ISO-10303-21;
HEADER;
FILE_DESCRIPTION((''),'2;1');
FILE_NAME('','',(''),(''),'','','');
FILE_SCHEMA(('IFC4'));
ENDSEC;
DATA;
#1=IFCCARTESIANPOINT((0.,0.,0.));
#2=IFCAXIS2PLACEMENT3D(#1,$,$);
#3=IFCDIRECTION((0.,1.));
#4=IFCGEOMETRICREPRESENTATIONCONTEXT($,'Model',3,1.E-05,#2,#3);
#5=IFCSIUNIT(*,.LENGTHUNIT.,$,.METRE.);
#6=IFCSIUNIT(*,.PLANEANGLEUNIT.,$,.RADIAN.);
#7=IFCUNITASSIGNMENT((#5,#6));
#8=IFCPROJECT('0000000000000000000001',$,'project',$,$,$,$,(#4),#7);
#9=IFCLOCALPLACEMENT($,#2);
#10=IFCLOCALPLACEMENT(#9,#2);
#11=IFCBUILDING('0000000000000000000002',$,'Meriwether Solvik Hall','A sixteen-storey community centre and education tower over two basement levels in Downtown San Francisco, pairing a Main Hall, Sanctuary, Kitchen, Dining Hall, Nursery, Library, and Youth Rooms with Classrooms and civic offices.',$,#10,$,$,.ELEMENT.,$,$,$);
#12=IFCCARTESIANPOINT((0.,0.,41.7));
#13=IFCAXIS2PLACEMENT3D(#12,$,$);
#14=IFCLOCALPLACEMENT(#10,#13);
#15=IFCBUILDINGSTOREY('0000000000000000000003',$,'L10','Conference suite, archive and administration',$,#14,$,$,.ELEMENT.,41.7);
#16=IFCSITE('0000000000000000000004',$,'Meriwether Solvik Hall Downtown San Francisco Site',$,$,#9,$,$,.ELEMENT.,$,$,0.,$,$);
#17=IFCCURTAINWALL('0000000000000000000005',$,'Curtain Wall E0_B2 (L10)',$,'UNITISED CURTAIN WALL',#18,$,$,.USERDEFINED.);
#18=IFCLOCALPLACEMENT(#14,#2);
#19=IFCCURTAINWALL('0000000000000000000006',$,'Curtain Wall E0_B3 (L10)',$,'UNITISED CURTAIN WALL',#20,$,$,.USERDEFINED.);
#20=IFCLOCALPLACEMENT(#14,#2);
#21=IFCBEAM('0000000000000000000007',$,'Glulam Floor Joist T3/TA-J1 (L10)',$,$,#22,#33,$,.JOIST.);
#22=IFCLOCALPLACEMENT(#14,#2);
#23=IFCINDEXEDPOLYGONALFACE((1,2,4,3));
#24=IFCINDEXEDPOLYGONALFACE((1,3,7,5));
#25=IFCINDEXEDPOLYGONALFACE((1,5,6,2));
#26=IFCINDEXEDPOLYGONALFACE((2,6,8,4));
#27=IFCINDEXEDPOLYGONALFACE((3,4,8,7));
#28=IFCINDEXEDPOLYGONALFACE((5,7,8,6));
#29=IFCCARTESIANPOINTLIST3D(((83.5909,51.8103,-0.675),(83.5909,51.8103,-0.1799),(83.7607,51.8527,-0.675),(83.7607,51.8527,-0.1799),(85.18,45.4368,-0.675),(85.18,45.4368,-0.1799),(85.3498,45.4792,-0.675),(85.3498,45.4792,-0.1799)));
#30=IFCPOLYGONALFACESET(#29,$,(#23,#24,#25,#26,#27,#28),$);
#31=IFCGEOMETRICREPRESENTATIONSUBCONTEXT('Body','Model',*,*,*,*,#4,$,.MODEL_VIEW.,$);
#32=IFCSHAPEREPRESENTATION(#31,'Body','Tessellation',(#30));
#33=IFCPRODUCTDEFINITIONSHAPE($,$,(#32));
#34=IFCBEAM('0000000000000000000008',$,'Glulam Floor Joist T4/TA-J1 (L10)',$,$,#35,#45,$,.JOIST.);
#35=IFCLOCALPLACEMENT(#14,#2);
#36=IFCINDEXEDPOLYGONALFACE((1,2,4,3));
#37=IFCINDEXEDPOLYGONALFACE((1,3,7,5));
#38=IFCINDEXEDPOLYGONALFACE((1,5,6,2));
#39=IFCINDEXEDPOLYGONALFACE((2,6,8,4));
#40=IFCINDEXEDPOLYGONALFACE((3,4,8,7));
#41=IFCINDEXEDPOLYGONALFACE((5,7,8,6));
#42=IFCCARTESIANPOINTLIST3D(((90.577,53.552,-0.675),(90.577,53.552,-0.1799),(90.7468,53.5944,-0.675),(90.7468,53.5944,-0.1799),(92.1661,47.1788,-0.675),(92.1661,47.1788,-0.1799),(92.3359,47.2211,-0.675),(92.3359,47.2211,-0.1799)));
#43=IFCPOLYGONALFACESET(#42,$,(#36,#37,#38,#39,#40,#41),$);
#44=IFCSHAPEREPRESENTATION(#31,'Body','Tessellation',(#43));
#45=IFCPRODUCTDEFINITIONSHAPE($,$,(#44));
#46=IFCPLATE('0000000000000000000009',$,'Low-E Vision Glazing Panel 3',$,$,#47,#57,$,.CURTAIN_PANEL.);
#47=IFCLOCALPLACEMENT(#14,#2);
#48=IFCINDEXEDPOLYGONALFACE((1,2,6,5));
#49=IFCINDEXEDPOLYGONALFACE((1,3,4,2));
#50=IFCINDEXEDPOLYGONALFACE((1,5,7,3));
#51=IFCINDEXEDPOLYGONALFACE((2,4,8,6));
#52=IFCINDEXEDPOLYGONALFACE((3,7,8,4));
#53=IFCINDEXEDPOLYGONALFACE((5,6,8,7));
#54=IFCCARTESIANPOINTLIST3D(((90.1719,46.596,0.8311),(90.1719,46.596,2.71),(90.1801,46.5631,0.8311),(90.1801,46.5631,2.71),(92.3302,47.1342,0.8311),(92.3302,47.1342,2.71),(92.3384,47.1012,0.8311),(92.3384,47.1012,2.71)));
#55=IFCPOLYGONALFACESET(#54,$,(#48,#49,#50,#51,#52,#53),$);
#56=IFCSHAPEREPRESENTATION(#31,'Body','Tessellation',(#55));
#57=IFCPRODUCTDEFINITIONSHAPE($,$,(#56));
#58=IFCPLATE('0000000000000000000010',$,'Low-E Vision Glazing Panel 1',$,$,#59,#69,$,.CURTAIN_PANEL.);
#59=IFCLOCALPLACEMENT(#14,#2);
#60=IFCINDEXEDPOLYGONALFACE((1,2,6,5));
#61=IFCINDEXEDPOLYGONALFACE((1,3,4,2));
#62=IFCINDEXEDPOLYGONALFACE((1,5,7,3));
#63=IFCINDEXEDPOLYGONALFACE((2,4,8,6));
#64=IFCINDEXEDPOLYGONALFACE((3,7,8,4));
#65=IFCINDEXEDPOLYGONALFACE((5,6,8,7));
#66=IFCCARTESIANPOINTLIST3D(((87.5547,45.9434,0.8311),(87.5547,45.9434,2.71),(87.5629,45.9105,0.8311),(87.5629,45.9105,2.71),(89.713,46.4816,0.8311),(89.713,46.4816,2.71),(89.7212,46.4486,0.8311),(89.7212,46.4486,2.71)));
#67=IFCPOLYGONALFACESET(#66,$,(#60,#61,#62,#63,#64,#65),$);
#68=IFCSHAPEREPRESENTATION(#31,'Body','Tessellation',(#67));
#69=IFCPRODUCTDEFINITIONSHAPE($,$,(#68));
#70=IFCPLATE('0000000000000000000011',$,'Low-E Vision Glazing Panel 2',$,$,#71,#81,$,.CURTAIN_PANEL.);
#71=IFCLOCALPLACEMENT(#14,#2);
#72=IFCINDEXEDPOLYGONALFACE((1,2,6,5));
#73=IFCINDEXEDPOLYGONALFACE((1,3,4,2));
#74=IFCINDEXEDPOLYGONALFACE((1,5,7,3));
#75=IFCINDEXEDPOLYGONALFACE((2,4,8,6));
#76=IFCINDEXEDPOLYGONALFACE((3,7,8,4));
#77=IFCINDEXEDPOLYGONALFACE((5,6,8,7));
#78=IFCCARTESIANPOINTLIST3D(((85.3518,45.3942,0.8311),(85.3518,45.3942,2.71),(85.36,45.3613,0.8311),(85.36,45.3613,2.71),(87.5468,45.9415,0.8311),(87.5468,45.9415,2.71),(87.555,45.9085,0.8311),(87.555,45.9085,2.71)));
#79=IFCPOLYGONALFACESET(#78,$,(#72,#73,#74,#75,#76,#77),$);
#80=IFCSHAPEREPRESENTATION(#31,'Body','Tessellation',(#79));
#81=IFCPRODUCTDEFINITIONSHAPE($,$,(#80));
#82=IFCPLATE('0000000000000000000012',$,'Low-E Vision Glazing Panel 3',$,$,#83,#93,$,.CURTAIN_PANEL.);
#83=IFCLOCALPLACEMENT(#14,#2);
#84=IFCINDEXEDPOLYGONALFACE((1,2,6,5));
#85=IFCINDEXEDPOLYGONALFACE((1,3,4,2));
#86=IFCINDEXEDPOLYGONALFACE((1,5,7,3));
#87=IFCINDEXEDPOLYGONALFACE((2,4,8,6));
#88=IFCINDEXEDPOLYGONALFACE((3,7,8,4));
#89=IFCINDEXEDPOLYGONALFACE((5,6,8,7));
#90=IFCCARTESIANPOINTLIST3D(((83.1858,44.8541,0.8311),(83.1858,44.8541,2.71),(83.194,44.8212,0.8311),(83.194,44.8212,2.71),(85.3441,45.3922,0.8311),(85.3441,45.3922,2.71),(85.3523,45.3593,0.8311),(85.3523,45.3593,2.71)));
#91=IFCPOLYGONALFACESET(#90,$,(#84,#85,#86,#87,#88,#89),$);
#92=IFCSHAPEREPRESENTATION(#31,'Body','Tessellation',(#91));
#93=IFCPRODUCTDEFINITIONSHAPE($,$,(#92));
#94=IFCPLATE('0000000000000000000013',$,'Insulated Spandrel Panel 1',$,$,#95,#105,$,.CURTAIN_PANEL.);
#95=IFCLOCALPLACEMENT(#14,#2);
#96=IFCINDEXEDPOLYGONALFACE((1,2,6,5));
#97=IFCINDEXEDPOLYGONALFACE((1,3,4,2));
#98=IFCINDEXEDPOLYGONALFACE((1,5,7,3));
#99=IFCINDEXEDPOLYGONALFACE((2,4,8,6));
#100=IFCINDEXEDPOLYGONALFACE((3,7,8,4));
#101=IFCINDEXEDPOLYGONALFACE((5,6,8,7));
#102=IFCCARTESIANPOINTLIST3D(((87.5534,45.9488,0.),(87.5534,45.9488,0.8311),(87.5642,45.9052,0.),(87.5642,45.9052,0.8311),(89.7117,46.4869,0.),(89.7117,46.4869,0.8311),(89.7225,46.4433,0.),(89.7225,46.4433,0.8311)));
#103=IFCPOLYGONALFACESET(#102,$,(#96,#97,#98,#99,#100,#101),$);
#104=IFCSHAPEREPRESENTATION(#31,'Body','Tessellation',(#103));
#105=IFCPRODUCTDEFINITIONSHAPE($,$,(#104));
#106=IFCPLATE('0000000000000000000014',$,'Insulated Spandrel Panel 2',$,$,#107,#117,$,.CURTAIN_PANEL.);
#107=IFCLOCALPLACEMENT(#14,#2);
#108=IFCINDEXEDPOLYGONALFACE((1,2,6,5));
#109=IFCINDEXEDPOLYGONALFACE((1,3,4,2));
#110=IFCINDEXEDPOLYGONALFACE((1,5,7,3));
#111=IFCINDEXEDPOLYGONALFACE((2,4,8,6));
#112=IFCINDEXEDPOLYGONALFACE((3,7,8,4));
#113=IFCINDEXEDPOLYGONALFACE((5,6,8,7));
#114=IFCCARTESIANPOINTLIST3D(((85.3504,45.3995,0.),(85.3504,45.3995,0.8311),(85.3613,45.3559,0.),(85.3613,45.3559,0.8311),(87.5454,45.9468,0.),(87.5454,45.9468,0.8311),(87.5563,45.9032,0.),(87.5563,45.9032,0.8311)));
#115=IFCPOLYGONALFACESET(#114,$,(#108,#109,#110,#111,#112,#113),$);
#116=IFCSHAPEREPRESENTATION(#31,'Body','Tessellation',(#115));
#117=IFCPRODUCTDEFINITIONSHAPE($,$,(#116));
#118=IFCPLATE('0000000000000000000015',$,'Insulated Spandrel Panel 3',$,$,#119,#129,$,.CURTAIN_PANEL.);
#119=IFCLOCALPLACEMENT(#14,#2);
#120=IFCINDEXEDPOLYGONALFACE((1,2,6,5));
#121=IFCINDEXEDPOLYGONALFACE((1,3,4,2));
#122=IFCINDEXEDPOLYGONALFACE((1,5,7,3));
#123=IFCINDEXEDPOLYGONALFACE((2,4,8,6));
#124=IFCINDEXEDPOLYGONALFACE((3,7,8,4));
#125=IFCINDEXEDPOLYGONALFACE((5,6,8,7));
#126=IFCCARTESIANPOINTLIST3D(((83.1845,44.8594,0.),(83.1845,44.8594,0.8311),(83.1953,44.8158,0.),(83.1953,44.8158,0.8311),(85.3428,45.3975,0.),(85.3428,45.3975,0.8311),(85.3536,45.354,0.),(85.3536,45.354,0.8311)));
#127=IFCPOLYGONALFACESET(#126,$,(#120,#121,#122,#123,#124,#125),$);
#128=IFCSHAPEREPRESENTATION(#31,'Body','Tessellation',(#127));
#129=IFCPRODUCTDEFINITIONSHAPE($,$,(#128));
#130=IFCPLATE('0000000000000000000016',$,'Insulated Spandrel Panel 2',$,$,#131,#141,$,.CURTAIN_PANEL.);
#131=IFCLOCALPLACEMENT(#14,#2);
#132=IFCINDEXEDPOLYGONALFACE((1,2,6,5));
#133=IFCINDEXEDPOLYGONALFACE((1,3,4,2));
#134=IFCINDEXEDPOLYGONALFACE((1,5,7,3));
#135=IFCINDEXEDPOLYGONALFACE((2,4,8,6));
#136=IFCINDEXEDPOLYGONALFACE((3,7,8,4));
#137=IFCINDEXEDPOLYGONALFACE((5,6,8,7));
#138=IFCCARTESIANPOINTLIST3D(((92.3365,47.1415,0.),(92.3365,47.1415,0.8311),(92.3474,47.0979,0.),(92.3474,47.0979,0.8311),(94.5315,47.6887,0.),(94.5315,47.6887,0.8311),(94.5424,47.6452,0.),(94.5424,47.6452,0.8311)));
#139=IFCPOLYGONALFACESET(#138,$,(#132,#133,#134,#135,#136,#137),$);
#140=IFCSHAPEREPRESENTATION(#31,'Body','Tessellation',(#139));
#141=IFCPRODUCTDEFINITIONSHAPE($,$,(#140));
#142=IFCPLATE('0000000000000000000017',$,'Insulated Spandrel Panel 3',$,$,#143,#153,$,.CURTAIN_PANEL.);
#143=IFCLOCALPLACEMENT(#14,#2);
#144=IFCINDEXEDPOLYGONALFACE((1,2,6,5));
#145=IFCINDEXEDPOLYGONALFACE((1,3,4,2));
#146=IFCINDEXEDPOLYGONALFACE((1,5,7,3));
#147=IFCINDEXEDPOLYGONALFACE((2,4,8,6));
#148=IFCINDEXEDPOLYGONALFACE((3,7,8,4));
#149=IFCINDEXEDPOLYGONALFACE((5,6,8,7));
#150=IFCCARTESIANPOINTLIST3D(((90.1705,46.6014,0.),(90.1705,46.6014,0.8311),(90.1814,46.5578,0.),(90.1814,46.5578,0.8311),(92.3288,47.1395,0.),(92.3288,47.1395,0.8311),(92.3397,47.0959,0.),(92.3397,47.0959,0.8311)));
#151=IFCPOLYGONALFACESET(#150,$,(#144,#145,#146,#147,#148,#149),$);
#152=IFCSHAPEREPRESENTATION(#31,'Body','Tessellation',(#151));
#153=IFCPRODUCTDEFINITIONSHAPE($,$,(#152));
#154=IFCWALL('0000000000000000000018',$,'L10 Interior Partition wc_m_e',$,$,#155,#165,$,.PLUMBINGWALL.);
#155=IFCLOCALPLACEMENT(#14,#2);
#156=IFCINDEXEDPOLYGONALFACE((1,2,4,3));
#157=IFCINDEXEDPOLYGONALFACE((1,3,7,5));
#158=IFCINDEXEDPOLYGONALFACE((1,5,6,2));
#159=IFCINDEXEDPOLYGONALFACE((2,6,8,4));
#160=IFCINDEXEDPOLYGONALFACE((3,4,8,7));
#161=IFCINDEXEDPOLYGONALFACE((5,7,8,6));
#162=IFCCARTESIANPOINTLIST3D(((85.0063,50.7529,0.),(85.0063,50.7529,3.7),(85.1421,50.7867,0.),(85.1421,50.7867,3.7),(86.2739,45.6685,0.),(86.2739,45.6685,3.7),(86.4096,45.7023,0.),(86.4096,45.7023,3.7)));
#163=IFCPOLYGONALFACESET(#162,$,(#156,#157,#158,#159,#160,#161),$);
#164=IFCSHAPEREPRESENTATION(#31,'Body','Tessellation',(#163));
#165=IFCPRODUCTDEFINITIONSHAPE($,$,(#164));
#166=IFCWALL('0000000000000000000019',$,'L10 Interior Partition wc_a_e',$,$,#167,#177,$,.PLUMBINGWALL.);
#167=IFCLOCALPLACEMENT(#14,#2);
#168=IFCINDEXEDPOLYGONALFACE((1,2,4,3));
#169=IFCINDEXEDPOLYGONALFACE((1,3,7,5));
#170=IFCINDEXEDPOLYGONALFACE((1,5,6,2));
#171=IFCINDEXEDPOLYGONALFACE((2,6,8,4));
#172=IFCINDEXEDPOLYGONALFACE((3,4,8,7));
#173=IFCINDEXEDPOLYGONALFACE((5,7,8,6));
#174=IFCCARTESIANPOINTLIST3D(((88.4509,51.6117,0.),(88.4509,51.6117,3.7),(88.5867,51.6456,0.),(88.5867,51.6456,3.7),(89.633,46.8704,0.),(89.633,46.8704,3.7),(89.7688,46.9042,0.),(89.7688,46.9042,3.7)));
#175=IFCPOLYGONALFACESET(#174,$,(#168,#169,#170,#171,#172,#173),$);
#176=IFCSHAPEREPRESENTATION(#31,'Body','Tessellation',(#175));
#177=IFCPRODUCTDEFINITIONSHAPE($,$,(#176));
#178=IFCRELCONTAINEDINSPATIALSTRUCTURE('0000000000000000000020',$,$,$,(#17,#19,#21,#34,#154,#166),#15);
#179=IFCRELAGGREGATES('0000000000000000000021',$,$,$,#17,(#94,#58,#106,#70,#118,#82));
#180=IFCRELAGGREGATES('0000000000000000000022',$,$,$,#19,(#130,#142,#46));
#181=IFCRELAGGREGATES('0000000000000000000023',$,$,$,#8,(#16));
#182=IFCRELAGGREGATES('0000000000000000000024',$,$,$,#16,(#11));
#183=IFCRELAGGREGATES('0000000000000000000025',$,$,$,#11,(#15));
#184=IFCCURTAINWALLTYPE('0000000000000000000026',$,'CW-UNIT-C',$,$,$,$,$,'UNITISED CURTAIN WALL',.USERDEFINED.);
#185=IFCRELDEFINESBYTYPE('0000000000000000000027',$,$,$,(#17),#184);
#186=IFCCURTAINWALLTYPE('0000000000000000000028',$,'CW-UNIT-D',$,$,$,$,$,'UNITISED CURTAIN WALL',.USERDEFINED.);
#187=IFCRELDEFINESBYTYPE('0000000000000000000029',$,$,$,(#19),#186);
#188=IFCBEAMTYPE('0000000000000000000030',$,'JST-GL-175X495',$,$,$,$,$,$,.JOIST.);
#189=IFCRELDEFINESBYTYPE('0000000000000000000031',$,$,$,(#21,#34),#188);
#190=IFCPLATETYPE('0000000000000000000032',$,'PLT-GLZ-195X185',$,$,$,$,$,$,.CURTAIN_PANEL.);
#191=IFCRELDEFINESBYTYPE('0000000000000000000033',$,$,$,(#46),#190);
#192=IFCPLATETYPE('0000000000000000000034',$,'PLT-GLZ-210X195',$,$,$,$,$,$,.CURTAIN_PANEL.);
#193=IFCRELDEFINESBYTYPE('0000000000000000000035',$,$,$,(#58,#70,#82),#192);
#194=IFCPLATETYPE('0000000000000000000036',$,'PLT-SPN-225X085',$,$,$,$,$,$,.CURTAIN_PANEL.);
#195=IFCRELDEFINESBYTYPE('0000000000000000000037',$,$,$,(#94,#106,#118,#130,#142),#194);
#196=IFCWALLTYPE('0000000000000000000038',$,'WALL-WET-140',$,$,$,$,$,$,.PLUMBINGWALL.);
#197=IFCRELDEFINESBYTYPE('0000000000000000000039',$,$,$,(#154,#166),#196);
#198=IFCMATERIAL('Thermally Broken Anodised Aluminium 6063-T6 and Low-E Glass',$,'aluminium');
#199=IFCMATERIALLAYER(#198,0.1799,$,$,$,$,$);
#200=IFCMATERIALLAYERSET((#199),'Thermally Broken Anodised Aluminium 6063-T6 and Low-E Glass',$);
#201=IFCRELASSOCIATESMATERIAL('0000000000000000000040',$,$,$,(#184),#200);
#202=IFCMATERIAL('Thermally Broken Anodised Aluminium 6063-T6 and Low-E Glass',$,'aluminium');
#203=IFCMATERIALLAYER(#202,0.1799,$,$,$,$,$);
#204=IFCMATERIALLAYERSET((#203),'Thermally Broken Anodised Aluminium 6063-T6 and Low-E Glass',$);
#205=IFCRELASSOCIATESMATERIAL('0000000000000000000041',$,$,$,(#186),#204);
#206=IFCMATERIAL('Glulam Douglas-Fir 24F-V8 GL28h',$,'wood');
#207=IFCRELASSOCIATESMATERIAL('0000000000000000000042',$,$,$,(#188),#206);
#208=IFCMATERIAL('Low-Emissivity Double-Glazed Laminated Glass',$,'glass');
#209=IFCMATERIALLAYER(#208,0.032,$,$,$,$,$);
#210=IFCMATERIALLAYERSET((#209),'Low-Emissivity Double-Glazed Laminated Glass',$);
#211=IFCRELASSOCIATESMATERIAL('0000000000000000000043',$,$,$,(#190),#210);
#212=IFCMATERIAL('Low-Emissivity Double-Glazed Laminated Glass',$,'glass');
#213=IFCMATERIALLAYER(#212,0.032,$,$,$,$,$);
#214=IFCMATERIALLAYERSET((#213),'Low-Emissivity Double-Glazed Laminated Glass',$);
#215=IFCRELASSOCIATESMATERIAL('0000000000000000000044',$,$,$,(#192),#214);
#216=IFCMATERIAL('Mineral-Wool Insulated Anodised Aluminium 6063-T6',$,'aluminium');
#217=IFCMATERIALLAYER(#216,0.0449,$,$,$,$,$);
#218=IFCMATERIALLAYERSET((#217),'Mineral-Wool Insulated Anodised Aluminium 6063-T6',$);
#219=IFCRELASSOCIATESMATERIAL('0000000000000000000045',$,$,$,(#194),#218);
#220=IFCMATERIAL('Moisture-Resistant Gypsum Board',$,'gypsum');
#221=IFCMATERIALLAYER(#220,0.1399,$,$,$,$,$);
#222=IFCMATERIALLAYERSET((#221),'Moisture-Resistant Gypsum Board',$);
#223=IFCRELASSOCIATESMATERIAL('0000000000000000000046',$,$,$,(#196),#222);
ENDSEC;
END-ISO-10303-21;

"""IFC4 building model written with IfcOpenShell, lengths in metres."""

from ifc_helpers import new_model, si_unit, direction, frame, frame_2d, origin, origin_2d, place, context, subcontext, project, spatial, rectangle, extrude, material, layer, layer_set, material_profile, profile_set, type_object, element, aggregate, save


model = new_model("IFC4")

# Units and contexts
model_context = context("Model", 3, precision=1e-05, world=origin(), true_north=direction((0.0, 1.0)))
body_context = subcontext(model_context, "Body", "Model", "MODEL_VIEW")
ifc_project = project(units=[si_unit("LENGTHUNIT", "METRE"), si_unit("PLANEANGLEUNIT", "RADIAN")], contexts=[model_context])

# Site, building, storey
site_placement = place(None, origin())
site = spatial("IfcSite", under=ifc_project, at=site_placement, Name="Meriwether Solvik Hall Downtown San Francisco Site", CompositionType="ELEMENT", RefElevation=0.0)
building_placement = place(site_placement, origin())
building = spatial("IfcBuilding", under=site, at=building_placement, Name="Meriwether Solvik Hall", Description="A sixteen-storey community centre and education tower over two basement levels in Downtown San Francisco, pairing a Main Hall, Sanctuary, Kitchen, Dining Hall, Nursery, Library, and Youth Rooms with Classrooms and civic offices.", CompositionType="ELEMENT")
storey_placement = place(building_placement, frame((0.0, 0.0, 41.7)))
storey = spatial("IfcBuildingStorey", under=building, at=storey_placement, Name="L10", Description="Conference suite, archive and administration", CompositionType="ELEMENT", Elevation=41.7)

# Curtain walls
ifc_material_1 = material(Name="Thermally Broken Anodised Aluminium 6063-T6 and Low-E Glass", Category="aluminium")
ifc_layer_1 = layer(ifc_material_1, 0.1799)
ifc_layer_set_1 = layer_set([ifc_layer_1], Name="Thermally Broken Anodised Aluminium 6063-T6 and Low-E Glass")
curtain_wall_type_1 = type_object("IfcCurtainWallType", Name="CW-UNIT-C", ElementType="UNITISED CURTAIN WALL", PredefinedType="USERDEFINED", material=ifc_layer_set_1)
curtain_wall_1_placement = place(storey_placement, origin())
curtain_wall_1 = element("IfcCurtainWall", 1, at=curtain_wall_1_placement, inside=storey, type_object=curtain_wall_type_1, Name="Curtain Wall E0_B2 (L10)", ObjectType="UNITISED CURTAIN WALL", PredefinedType="USERDEFINED")
ifc_material_2 = material(Name="Thermally Broken Anodised Aluminium 6063-T6 and Low-E Glass", Category="aluminium")
ifc_layer_2 = layer(ifc_material_2, 0.1799)
ifc_layer_set_2 = layer_set([ifc_layer_2], Name="Thermally Broken Anodised Aluminium 6063-T6 and Low-E Glass")
curtain_wall_type_2 = type_object("IfcCurtainWallType", Name="CW-UNIT-D", ElementType="UNITISED CURTAIN WALL", PredefinedType="USERDEFINED", material=ifc_layer_set_2)
curtain_wall_2_placement = place(storey_placement, origin())
curtain_wall_2 = element("IfcCurtainWall", 2, at=curtain_wall_2_placement, inside=storey, type_object=curtain_wall_type_2, Name="Curtain Wall E0_B3 (L10)", ObjectType="UNITISED CURTAIN WALL", PredefinedType="USERDEFINED")

# Beams
ifc_material_3 = material(Name="Glulam Douglas-Fir 24F-V8 GL28h", Category="wood")
ifc_material_profile_1 = material_profile(ifc_material_3, rectangle(XDim=0.175, YDim=0.4951, at=origin_2d()), Name="GLJ-175X495")
ifc_profile_set_1 = profile_set([ifc_material_profile_1], Name="Glulam Douglas-Fir 24F-V8 GL28h")
beam_type_1 = type_object("IfcBeamType", Name="JST-GL-175X495", PredefinedType="JOIST", material=ifc_profile_set_1)
beam_1_placement = place(storey_placement, frame((85.2649, 45.458, -0.4275), z_axis=(-0.241923, 0.970295, 0.0), x_axis=(-0.970295, -0.241923, 0.0)))
element("IfcBeam", 3, at=beam_1_placement, inside=storey, type_object=beam_type_1, Name="Glulam Floor Joist T3/TA-J1 (L10)", PredefinedType="JOIST", context=body_context, shape_type="SweptSolid", body=[
    extrude(rectangle(XDim=0.175, YDim=0.4951, at=origin_2d()), origin(), (0.0, 0.0, 1.0), 6.5686),
])
beam_2_placement = place(storey_placement, frame((92.251, 47.2, -0.4275), z_axis=(-0.241932, 0.970293, 0.0), x_axis=(-0.970293, -0.241932, 0.0)))
element("IfcBeam", 4, at=beam_2_placement, inside=storey, type_object=beam_type_1, Name="Glulam Floor Joist T4/TA-J1 (L10)", PredefinedType="JOIST", context=body_context, shape_type="SweptSolid", body=[
    extrude(rectangle(XDim=0.175, YDim=0.4951, at=origin_2d()), origin(), (0.0, 0.0, 1.0), 6.5684),
])

# Plates
ifc_material_4 = material(Name="Low-Emissivity Double-Glazed Laminated Glass", Category="glass")
ifc_layer_3 = layer(ifc_material_4, 0.032)
ifc_layer_set_3 = layer_set([ifc_layer_3], Name="Low-Emissivity Double-Glazed Laminated Glass")
plate_type_1 = type_object("IfcPlateType", Name="PLT-GLZ-195X185", PredefinedType="CURTAIN_PANEL", material=ifc_layer_set_3)
plate_1_placement = place(storey_placement, frame((91.2551, 46.8486, 0.8311), z_axis=(0.0, 0.0, 1.0), x_axis=(-0.970296, -0.241922, 0.0)))
plate_1 = element("IfcPlate", 5, at=plate_1_placement, type_object=plate_type_1, Name="Low-E Vision Glazing Panel 3", PredefinedType="CURTAIN_PANEL", context=body_context, shape_type="SweptSolid", body=[
    extrude(rectangle(XDim=2.2244, YDim=0.0339, at=origin_2d()), origin(), (0.0, 0.0, 1.0), 1.8789),
])
ifc_material_5 = material(Name="Low-Emissivity Double-Glazed Laminated Glass", Category="glass")
ifc_layer_4 = layer(ifc_material_5, 0.032)
ifc_layer_set_4 = layer_set([ifc_layer_4], Name="Low-Emissivity Double-Glazed Laminated Glass")
plate_type_2 = type_object("IfcPlateType", Name="PLT-GLZ-210X195", PredefinedType="CURTAIN_PANEL", material=ifc_layer_set_4)
plate_2_placement = place(storey_placement, frame((88.6379, 46.196, 0.8311), z_axis=(0.0, 0.0, 1.0), x_axis=(-0.970296, -0.241922, 0.0)))
plate_2 = element("IfcPlate", 6, at=plate_2_placement, type_object=plate_type_2, Name="Low-E Vision Glazing Panel 1", PredefinedType="CURTAIN_PANEL", context=body_context, shape_type="SweptSolid", body=[
    extrude(rectangle(XDim=2.2244, YDim=0.0339, at=origin_2d()), origin(), (0.0, 0.0, 1.0), 1.8789),
])
plate_3_placement = place(storey_placement, frame((86.4534, 45.6514, 0.8311), z_axis=(0.0, 0.0, 1.0), x_axis=(-0.970296, -0.241922, 0.0)))
plate_3 = element("IfcPlate", 7, at=plate_3_placement, type_object=plate_type_2, Name="Low-E Vision Glazing Panel 2", PredefinedType="CURTAIN_PANEL", context=body_context, shape_type="SweptSolid", body=[
    extrude(rectangle(XDim=2.2622, YDim=0.0339, at=origin_2d()), origin(), (0.0, 0.0, 1.0), 1.8789),
])
plate_4_placement = place(storey_placement, frame((84.269, 45.1067, 0.8311), z_axis=(0.0, 0.0, 1.0), x_axis=(-0.970296, -0.241922, 0.0)))
plate_4 = element("IfcPlate", 8, at=plate_4_placement, type_object=plate_type_2, Name="Low-E Vision Glazing Panel 3", PredefinedType="CURTAIN_PANEL", context=body_context, shape_type="SweptSolid", body=[
    extrude(rectangle(XDim=2.2244, YDim=0.0339, at=origin_2d()), origin(), (0.0, 0.0, 1.0), 1.8789),
])
ifc_material_6 = material(Name="Mineral-Wool Insulated Anodised Aluminium 6063-T6", Category="aluminium")
ifc_layer_5 = layer(ifc_material_6, 0.0449)
ifc_layer_set_5 = layer_set([ifc_layer_5], Name="Mineral-Wool Insulated Anodised Aluminium 6063-T6")
plate_type_3 = type_object("IfcPlateType", Name="PLT-SPN-225X085", PredefinedType="CURTAIN_PANEL", material=ifc_layer_set_5)
plate_5_placement = place(storey_placement, frame((88.6379, 46.196, 0.0), z_axis=(0.0, 0.0, 1.0), x_axis=(-0.970296, -0.241922, 0.0)))
plate_5 = element("IfcPlate", 9, at=plate_5_placement, type_object=plate_type_3, Name="Insulated Spandrel Panel 1", PredefinedType="CURTAIN_PANEL", context=body_context, shape_type="SweptSolid", body=[
    extrude(rectangle(XDim=2.2244, YDim=0.0449, at=origin_2d()), origin(), (0.0, 0.0, 1.0), 0.8311),
])
plate_6_placement = place(storey_placement, frame((86.4534, 45.6514, 0.0), z_axis=(0.0, 0.0, 1.0), x_axis=(-0.970296, -0.241922, 0.0)))
plate_6 = element("IfcPlate", 10, at=plate_6_placement, type_object=plate_type_3, Name="Insulated Spandrel Panel 2", PredefinedType="CURTAIN_PANEL", context=body_context, shape_type="SweptSolid", body=[
    extrude(rectangle(XDim=2.2622, YDim=0.0449, at=origin_2d()), origin(), (0.0, 0.0, 1.0), 0.8311),
])
plate_7_placement = place(storey_placement, frame((84.269, 45.1067, 0.0), z_axis=(0.0, 0.0, 1.0), x_axis=(-0.970296, -0.241922, 0.0)))
plate_7 = element("IfcPlate", 11, at=plate_7_placement, type_object=plate_type_3, Name="Insulated Spandrel Panel 3", PredefinedType="CURTAIN_PANEL", context=body_context, shape_type="SweptSolid", body=[
    extrude(rectangle(XDim=2.2244, YDim=0.0449, at=origin_2d()), origin(), (0.0, 0.0, 1.0), 0.8311),
])
aggregate(curtain_wall_1, [plate_5, plate_2, plate_6, plate_3, plate_7, plate_4])
plate_8_placement = place(storey_placement, frame((93.4395, 47.3933, 0.0), z_axis=(0.0, 0.0, 1.0), x_axis=(-0.970296, -0.241922, 0.0)))
plate_8 = element("IfcPlate", 12, at=plate_8_placement, type_object=plate_type_3, Name="Insulated Spandrel Panel 2", PredefinedType="CURTAIN_PANEL", context=body_context, shape_type="SweptSolid", body=[
    extrude(rectangle(XDim=2.2622, YDim=0.0449, at=origin_2d()), origin(), (0.0, 0.0, 1.0), 0.8311),
])
plate_9_placement = place(storey_placement, frame((91.2551, 46.8486, 0.0), z_axis=(0.0, 0.0, 1.0), x_axis=(-0.970296, -0.241922, 0.0)))
plate_9 = element("IfcPlate", 13, at=plate_9_placement, type_object=plate_type_3, Name="Insulated Spandrel Panel 3", PredefinedType="CURTAIN_PANEL", context=body_context, shape_type="SweptSolid", body=[
    extrude(rectangle(XDim=2.2244, YDim=0.0449, at=origin_2d()), origin(), (0.0, 0.0, 1.0), 0.8311),
])
aggregate(curtain_wall_2, [plate_8, plate_9, plate_1])

# Walls
ifc_material_7 = material(Name="Moisture-Resistant Gypsum Board", Category="gypsum")
ifc_layer_6 = layer(ifc_material_7, 0.1399)
ifc_layer_set_6 = layer_set([ifc_layer_6], Name="Moisture-Resistant Gypsum Board")
wall_type = type_object("IfcWallType", Name="WALL-WET-140", PredefinedType="PLUMBINGWALL", material=ifc_layer_set_6)
wall_1_placement = place(storey_placement, frame((86.3418, 45.6853, 0.0), z_axis=(0.0, 0.0, 1.0), x_axis=(-0.2419, 0.970301, 0.0)))
element("IfcWall", 14, at=wall_1_placement, inside=storey, type_object=wall_type, Name="L10 Interior Partition wc_m_e", PredefinedType="PLUMBINGWALL", context=body_context, shape_type="SweptSolid", body=[
    extrude(rectangle(XDim=5.24, YDim=0.1399, at=frame_2d((2.6201, 0.0))), origin(), (0.0, 0.0, 1.0), 3.7),
])
wall_2_placement = place(storey_placement, frame((89.7009, 46.8872, 0.0), z_axis=(0.0, 0.0, 1.0), x_axis=(-0.241913, 0.970298, 0.0)))
element("IfcWall", 15, at=wall_2_placement, inside=storey, type_object=wall_type, Name="L10 Interior Partition wc_a_e", PredefinedType="PLUMBINGWALL", context=body_context, shape_type="SweptSolid", body=[
    extrude(rectangle(XDim=4.8865, YDim=0.1399, at=frame_2d((2.4434, 0.0))), origin(), (0.0, 0.0, 1.0), 3.7),
])

save(model, "model.ifc")
